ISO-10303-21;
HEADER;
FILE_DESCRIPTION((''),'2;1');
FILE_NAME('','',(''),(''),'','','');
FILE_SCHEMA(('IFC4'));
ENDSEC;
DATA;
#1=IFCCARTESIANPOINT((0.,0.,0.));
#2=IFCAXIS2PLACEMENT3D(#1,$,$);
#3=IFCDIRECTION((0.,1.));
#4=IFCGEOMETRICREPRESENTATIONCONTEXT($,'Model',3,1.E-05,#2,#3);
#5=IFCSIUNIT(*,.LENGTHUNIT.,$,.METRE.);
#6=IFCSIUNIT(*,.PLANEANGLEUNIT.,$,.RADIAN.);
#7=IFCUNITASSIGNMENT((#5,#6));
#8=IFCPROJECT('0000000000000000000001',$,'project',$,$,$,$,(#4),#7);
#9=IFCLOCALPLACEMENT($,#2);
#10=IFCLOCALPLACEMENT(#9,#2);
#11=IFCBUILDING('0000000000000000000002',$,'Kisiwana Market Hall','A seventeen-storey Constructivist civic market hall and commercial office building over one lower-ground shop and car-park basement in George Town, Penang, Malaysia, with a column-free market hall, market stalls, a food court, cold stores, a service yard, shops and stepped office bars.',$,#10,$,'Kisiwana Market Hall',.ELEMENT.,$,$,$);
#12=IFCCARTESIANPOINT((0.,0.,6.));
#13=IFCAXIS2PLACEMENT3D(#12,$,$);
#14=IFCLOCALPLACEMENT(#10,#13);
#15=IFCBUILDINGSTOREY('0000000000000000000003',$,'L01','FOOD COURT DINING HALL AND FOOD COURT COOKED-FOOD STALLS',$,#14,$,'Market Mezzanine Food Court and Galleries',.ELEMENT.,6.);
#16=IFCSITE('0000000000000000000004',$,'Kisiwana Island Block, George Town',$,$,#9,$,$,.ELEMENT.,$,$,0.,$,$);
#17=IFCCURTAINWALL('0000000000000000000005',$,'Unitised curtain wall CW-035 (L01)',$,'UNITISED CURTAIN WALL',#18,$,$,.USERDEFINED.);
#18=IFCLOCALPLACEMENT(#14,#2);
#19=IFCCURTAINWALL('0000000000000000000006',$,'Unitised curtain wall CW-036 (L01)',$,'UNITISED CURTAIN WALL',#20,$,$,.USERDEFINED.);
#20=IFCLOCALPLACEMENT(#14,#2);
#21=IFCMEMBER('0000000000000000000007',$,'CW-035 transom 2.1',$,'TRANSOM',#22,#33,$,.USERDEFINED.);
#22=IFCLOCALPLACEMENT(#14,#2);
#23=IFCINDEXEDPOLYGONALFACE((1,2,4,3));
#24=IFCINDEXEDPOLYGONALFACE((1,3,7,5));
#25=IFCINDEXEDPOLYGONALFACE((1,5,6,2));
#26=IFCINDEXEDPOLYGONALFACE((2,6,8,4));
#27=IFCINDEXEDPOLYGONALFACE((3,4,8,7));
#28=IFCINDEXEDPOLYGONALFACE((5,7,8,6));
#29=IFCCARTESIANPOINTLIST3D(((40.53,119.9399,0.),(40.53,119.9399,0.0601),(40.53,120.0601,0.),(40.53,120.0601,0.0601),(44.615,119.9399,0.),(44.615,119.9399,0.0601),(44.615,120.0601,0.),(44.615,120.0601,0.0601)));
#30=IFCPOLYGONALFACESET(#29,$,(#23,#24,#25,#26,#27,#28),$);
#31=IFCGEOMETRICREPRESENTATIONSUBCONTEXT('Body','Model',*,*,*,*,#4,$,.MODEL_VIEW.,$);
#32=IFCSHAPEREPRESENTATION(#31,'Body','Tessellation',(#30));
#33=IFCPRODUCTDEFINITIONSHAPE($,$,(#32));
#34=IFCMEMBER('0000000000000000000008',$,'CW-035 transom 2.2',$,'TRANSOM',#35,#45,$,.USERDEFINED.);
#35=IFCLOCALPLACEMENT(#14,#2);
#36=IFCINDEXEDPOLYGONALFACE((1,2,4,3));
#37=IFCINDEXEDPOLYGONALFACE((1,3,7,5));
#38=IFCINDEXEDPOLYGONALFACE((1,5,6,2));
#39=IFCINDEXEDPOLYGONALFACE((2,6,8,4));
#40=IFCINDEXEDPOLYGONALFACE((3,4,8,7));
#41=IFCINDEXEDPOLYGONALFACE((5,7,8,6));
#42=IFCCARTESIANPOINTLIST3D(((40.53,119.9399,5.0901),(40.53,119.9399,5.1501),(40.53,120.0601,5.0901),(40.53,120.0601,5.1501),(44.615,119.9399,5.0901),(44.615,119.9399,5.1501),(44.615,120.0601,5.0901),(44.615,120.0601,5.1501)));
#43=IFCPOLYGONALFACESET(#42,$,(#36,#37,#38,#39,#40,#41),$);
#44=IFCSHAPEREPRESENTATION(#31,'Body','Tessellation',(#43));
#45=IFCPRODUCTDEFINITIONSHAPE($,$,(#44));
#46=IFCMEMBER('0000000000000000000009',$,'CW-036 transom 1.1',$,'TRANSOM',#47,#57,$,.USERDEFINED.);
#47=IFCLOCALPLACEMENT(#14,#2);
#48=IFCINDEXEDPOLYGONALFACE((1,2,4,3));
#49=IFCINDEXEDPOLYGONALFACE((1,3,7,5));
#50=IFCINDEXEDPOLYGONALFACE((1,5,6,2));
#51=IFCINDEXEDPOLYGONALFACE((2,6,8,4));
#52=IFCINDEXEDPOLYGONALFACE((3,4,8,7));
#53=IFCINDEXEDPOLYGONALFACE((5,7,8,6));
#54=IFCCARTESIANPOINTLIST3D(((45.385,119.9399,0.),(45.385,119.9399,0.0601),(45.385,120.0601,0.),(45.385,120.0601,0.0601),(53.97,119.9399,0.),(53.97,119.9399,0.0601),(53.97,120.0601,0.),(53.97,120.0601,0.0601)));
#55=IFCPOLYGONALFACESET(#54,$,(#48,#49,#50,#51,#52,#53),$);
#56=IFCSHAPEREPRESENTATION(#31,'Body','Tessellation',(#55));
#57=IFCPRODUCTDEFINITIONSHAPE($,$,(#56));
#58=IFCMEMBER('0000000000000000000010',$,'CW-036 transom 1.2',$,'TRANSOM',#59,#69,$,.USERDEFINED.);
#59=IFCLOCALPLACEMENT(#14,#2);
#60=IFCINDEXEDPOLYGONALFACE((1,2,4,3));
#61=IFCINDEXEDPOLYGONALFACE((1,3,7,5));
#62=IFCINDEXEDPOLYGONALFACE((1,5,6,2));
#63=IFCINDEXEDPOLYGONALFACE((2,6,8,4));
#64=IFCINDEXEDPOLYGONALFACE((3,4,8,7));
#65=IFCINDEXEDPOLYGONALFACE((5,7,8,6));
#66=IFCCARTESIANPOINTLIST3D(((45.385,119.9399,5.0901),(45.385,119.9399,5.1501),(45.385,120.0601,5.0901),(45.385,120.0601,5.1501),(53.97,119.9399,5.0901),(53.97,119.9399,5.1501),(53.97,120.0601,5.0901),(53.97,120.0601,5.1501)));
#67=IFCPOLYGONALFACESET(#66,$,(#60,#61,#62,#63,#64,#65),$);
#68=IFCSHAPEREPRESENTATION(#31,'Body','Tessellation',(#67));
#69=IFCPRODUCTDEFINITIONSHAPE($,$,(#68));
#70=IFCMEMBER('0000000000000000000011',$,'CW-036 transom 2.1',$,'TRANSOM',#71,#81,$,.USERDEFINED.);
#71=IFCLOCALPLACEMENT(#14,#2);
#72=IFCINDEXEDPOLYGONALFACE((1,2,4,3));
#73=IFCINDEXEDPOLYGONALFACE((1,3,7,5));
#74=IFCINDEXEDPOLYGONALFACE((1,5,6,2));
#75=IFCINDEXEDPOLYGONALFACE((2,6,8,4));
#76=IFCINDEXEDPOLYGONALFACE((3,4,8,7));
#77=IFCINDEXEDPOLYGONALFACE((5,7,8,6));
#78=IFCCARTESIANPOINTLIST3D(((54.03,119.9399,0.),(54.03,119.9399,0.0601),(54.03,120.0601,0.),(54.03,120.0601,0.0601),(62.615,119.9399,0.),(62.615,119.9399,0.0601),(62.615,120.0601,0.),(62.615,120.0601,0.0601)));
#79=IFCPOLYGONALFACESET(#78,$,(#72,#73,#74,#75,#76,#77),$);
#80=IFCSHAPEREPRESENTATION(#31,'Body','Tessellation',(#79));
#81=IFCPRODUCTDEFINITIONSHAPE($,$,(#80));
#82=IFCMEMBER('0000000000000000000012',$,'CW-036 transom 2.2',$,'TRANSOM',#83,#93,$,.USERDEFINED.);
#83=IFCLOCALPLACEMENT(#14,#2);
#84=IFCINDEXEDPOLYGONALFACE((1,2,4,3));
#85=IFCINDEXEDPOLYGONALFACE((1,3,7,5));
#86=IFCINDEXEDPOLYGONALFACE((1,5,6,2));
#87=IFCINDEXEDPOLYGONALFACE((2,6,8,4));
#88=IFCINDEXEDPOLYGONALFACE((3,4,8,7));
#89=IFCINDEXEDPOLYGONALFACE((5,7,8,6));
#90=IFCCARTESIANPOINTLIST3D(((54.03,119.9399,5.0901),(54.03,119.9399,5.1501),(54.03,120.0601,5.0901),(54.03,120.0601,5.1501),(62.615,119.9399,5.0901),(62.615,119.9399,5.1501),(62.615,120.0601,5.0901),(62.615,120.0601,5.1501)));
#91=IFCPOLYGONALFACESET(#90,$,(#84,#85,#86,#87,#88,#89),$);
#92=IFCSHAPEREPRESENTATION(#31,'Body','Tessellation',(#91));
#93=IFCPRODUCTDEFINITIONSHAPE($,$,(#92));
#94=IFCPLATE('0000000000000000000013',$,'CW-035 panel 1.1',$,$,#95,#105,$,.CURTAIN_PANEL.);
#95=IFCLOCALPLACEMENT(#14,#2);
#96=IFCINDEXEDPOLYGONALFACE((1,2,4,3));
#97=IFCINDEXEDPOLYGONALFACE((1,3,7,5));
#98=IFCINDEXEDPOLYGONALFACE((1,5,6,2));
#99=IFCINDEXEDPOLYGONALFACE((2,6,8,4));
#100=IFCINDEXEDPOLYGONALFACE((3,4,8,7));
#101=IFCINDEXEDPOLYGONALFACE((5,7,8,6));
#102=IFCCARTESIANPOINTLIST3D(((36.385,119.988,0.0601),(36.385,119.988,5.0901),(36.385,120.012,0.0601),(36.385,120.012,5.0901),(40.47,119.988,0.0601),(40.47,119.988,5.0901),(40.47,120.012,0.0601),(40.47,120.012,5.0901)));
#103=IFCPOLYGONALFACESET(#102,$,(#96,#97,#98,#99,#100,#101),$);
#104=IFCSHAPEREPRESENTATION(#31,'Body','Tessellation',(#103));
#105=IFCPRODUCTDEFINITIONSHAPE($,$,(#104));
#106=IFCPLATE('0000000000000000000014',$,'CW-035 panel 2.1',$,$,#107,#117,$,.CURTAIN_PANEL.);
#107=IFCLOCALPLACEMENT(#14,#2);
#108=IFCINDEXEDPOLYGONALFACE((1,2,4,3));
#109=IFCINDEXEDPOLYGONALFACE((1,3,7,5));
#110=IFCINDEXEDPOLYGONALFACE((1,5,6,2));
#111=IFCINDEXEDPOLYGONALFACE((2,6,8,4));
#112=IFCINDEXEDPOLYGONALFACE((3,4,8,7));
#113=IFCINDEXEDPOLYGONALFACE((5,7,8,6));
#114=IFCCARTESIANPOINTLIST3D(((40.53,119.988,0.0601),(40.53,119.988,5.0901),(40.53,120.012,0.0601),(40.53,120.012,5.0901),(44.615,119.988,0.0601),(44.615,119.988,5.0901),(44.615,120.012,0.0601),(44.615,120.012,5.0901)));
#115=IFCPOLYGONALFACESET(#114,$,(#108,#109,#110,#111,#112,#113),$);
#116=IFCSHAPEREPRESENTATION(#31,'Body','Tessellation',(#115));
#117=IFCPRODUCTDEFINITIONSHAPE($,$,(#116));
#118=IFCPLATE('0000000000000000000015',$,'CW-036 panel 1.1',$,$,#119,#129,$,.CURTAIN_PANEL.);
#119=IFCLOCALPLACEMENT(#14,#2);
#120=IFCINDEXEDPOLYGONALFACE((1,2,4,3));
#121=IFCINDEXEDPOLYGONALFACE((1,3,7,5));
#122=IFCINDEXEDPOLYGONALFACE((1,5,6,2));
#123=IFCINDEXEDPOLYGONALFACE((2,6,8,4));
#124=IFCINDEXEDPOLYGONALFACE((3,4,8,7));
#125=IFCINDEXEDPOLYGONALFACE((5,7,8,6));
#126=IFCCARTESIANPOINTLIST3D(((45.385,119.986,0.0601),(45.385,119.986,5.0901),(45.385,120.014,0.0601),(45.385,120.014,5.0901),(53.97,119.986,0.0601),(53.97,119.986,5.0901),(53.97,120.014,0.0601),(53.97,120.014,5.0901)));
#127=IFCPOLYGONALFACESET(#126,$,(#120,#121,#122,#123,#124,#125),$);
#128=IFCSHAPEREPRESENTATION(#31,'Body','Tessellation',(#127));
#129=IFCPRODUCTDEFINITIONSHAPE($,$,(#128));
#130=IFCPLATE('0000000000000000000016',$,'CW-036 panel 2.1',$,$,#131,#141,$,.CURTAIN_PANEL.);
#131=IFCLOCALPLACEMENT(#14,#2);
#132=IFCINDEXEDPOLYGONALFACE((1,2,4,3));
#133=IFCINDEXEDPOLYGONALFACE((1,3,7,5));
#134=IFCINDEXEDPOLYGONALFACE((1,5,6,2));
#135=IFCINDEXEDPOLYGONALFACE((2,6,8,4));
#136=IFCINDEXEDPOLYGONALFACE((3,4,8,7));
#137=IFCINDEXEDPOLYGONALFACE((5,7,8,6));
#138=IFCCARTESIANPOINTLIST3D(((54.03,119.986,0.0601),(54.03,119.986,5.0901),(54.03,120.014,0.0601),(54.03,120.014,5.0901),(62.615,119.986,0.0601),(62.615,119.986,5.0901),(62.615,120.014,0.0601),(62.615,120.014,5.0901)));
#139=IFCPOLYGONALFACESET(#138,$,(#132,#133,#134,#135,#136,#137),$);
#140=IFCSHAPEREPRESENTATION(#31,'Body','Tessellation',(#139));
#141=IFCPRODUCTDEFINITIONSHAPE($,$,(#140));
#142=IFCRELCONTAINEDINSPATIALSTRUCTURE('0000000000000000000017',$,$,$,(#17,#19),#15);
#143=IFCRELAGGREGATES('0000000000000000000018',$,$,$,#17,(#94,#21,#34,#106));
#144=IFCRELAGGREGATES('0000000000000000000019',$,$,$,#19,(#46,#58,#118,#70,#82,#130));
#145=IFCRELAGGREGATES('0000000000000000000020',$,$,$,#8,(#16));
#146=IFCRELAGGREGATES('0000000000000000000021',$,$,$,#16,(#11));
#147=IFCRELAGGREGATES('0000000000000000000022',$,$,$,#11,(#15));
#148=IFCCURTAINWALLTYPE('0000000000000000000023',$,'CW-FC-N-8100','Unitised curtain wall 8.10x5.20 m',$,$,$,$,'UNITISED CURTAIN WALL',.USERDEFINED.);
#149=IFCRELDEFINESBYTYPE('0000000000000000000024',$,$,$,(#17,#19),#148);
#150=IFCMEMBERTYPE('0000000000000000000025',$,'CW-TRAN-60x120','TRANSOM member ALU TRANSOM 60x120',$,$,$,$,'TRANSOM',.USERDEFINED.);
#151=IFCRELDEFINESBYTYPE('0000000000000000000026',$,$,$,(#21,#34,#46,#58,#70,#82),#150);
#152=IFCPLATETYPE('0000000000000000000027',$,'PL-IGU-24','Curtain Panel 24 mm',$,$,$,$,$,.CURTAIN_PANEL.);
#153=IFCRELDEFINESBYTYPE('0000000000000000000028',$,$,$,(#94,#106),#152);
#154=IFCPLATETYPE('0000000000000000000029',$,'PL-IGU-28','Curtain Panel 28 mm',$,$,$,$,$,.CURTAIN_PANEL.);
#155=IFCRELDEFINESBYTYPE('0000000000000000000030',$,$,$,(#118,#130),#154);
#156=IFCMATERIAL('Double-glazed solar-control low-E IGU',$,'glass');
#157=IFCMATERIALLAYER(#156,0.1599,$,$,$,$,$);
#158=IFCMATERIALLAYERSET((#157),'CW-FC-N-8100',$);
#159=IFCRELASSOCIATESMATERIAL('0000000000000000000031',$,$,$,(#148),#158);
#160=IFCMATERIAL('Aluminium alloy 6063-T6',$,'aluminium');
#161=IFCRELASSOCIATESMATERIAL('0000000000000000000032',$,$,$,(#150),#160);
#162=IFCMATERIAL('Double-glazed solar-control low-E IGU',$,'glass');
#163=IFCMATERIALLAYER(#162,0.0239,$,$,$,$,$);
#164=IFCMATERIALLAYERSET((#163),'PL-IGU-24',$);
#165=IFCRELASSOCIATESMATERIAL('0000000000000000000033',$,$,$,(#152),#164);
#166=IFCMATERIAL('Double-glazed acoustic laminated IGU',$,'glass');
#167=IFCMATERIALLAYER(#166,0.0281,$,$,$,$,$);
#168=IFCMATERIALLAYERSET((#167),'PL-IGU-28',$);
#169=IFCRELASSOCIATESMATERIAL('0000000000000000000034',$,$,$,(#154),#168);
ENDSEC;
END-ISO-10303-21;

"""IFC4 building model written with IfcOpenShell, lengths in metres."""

from ifc_helpers import new_model, si_unit, direction, frame, origin, origin_2d, place, context, subcontext, project, spatial, rectangle, extrude, material, layer, layer_set, material_profile, profile_set, type_object, element, aggregate, save


model = new_model("IFC4")

# Units and contexts
model_context = context("Model", 3, precision=1e-05, world=origin(), true_north=direction((0.0, 1.0)))
body_context = subcontext(model_context, "Body", "Model", "MODEL_VIEW")
ifc_project = project(units=[si_unit("LENGTHUNIT", "METRE"), si_unit("PLANEANGLEUNIT", "RADIAN")], contexts=[model_context])

# Site, building, storey
site_placement = place(None, origin())
site = spatial("IfcSite", under=ifc_project, at=site_placement, Name="Kisiwana Island Block, George Town", CompositionType="ELEMENT", RefElevation=0.0)
building_placement = place(site_placement, origin())
building = spatial("IfcBuilding", under=site, at=building_placement, Name="Kisiwana Market Hall", Description="A seventeen-storey Constructivist civic market hall and commercial office building over one lower-ground shop and car-park basement in George Town, Penang, Malaysia, with a column-free market hall, market stalls, a food court, cold stores, a service yard, shops and stepped office bars.", LongName="Kisiwana Market Hall", CompositionType="ELEMENT")
storey_placement = place(building_placement, frame((0.0, 0.0, 6.0)))
storey = spatial("IfcBuildingStorey", under=building, at=storey_placement, Name="L01", Description="FOOD COURT DINING HALL AND FOOD COURT COOKED-FOOD STALLS", LongName="Market Mezzanine Food Court and Galleries", CompositionType="ELEMENT", Elevation=6.0)

# Curtain walls
ifc_material_1 = material(Name="Double-glazed solar-control low-E IGU", Category="glass")
ifc_layer_1 = layer(ifc_material_1, 0.1599)
ifc_layer_set_1 = layer_set([ifc_layer_1], Name="CW-FC-N-8100")
curtain_wall_type = type_object("IfcCurtainWallType", Name="CW-FC-N-8100", Description="Unitised curtain wall 8.10x5.20 m", ElementType="UNITISED CURTAIN WALL", PredefinedType="USERDEFINED", material=ifc_layer_set_1)
curtain_wall_1_placement = place(storey_placement, origin())
curtain_wall_1 = element("IfcCurtainWall", 1, at=curtain_wall_1_placement, inside=storey, type_object=curtain_wall_type, Name="Unitised curtain wall CW-035 (L01)", ObjectType="UNITISED CURTAIN WALL", PredefinedType="USERDEFINED")
curtain_wall_2_placement = place(storey_placement, origin())
curtain_wall_2 = element("IfcCurtainWall", 2, at=curtain_wall_2_placement, inside=storey, type_object=curtain_wall_type, Name="Unitised curtain wall CW-036 (L01)", ObjectType="UNITISED CURTAIN WALL", PredefinedType="USERDEFINED")

# Members
ifc_material_2 = material(Name="Aluminium alloy 6063-T6", Category="aluminium")
ifc_material_profile_1 = material_profile(ifc_material_2, rectangle(XDim=0.1201, YDim=0.0601, at=origin_2d()), Name="ALU TRANSOM 60x120")
ifc_profile_set_1 = profile_set([ifc_material_profile_1], Name="Aluminium alloy 6063-T6")
member_type_1 = type_object("IfcMemberType", Name="CW-TRAN-60x120", Description="TRANSOM member ALU TRANSOM 60x120", ElementType="TRANSOM", PredefinedType="USERDEFINED", material=ifc_profile_set_1)
member_1_placement = place(storey_placement, frame((40.53, 120.0, 0.03), z_axis=(1.0, 0.0, 0.0), x_axis=(0.0, 1.0, 0.0)))
member_1 = element("IfcMember", 3, at=member_1_placement, type_object=member_type_1, Name="CW-035 transom 2.1", ObjectType="TRANSOM", PredefinedType="USERDEFINED", context=body_context, shape_type="SweptSolid", body=[
    extrude(rectangle(XDim=0.1201, YDim=0.0601, at=origin_2d()), origin(), (0.0, 0.0, 1.0), 4.085),
])
member_2_placement = place(storey_placement, frame((40.53, 120.0, 5.1201), z_axis=(1.0, 0.0, 0.0), x_axis=(0.0, 1.0, 0.0)))
member_2 = element("IfcMember", 4, at=member_2_placement, type_object=member_type_1, Name="CW-035 transom 2.2", ObjectType="TRANSOM", PredefinedType="USERDEFINED", context=body_context, shape_type="SweptSolid", body=[
    extrude(rectangle(XDim=0.1201, YDim=0.0601, at=origin_2d()), origin(), (0.0, 0.0, 1.0), 4.085),
])
member_3_placement = place(storey_placement, frame((45.385, 120.0, 0.03), z_axis=(1.0, 0.0, 0.0), x_axis=(0.0, 1.0, 0.0)))
member_3 = element("IfcMember", 5, at=member_3_placement, type_object=member_type_1, Name="CW-036 transom 1.1", ObjectType="TRANSOM", PredefinedType="USERDEFINED", context=body_context, shape_type="SweptSolid", body=[
    extrude(rectangle(XDim=0.1201, YDim=0.0601, at=origin_2d()), origin(), (0.0, 0.0, 1.0), 8.585),
])
member_4_placement = place(storey_placement, frame((45.385, 120.0, 5.1201), z_axis=(1.0, 0.0, 0.0), x_axis=(0.0, 1.0, 0.0)))
member_4 = element("IfcMember", 6, at=member_4_placement, type_object=member_type_1, Name="CW-036 transom 1.2", ObjectType="TRANSOM", PredefinedType="USERDEFINED", context=body_context, shape_type="SweptSolid", body=[
    extrude(rectangle(XDim=0.1201, YDim=0.0601, at=origin_2d()), origin(), (0.0, 0.0, 1.0), 8.585),
])
member_5_placement = place(storey_placement, frame((54.03, 120.0, 0.03), z_axis=(1.0, 0.0, 0.0), x_axis=(0.0, 1.0, 0.0)))
member_5 = element("IfcMember", 7, at=member_5_placement, type_object=member_type_1, Name="CW-036 transom 2.1", ObjectType="TRANSOM", PredefinedType="USERDEFINED", context=body_context, shape_type="SweptSolid", body=[
    extrude(rectangle(XDim=0.1201, YDim=0.0601, at=origin_2d()), origin(), (0.0, 0.0, 1.0), 8.585),
])
member_6_placement = place(storey_placement, frame((54.03, 120.0, 5.1201), z_axis=(1.0, 0.0, 0.0), x_axis=(0.0, 1.0, 0.0)))
member_6 = element("IfcMember", 8, at=member_6_placement, type_object=member_type_1, Name="CW-036 transom 2.2", ObjectType="TRANSOM", PredefinedType="USERDEFINED", context=body_context, shape_type="SweptSolid", body=[
    extrude(rectangle(XDim=0.1201, YDim=0.0601, at=origin_2d()), origin(), (0.0, 0.0, 1.0), 8.585),
])

# Plates
ifc_material_3 = material(Name="Double-glazed solar-control low-E IGU", Category="glass")
ifc_layer_2 = layer(ifc_material_3, 0.0239)
ifc_layer_set_2 = layer_set([ifc_layer_2], Name="PL-IGU-24")
plate_type_1 = type_object("IfcPlateType", Name="PL-IGU-24", Description="Curtain Panel 24 mm", PredefinedType="CURTAIN_PANEL", material=ifc_layer_set_2)
plate_1_placement = place(storey_placement, frame((38.4275, 120.0, 0.0601), z_axis=(0.0, 0.0, 1.0), x_axis=(1.0, 0.0, 0.0)))
plate_1 = element("IfcPlate", 9, at=plate_1_placement, type_object=plate_type_1, Name="CW-035 panel 1.1", PredefinedType="CURTAIN_PANEL", context=body_context, shape_type="SweptSolid", body=[
    extrude(rectangle(XDim=4.085, YDim=0.0239, at=origin_2d()), origin(), (0.0, 0.0, 1.0), 5.03),
])
plate_2_placement = place(storey_placement, frame((42.5725, 120.0, 0.0601), z_axis=(0.0, 0.0, 1.0), x_axis=(1.0, 0.0, 0.0)))
plate_2 = element("IfcPlate", 10, at=plate_2_placement, type_object=plate_type_1, Name="CW-035 panel 2.1", PredefinedType="CURTAIN_PANEL", context=body_context, shape_type="SweptSolid", body=[
    extrude(rectangle(XDim=4.085, YDim=0.0239, at=origin_2d()), origin(), (0.0, 0.0, 1.0), 5.03),
])
aggregate(curtain_wall_1, [plate_1, member_1, member_2, plate_2])
ifc_material_4 = material(Name="Double-glazed acoustic laminated IGU", Category="glass")
ifc_layer_3 = layer(ifc_material_4, 0.0281)
ifc_layer_set_3 = layer_set([ifc_layer_3], Name="PL-IGU-28")
plate_type_2 = type_object("IfcPlateType", Name="PL-IGU-28", Description="Curtain Panel 28 mm", PredefinedType="CURTAIN_PANEL", material=ifc_layer_set_3)
plate_3_placement = place(storey_placement, frame((49.6775, 120.0, 0.0601), z_axis=(0.0, 0.0, 1.0), x_axis=(1.0, 0.0, 0.0)))
plate_3 = element("IfcPlate", 11, at=plate_3_placement, type_object=plate_type_2, Name="CW-036 panel 1.1", PredefinedType="CURTAIN_PANEL", context=body_context, shape_type="SweptSolid", body=[
    extrude(rectangle(XDim=8.585, YDim=0.0281, at=origin_2d()), origin(), (0.0, 0.0, 1.0), 5.03),
])
plate_4_placement = place(storey_placement, frame((58.3225, 120.0, 0.0601), z_axis=(0.0, 0.0, 1.0), x_axis=(1.0, 0.0, 0.0)))
plate_4 = element("IfcPlate", 12, at=plate_4_placement, type_object=plate_type_2, Name="CW-036 panel 2.1", PredefinedType="CURTAIN_PANEL", context=body_context, shape_type="SweptSolid", body=[
    extrude(rectangle(XDim=8.585, YDim=0.0281, at=origin_2d()), origin(), (0.0, 0.0, 1.0), 5.03),
])
aggregate(curtain_wall_2, [member_3, member_4, plate_3, member_5, member_6, plate_4])

save(model, "model.ifc")
